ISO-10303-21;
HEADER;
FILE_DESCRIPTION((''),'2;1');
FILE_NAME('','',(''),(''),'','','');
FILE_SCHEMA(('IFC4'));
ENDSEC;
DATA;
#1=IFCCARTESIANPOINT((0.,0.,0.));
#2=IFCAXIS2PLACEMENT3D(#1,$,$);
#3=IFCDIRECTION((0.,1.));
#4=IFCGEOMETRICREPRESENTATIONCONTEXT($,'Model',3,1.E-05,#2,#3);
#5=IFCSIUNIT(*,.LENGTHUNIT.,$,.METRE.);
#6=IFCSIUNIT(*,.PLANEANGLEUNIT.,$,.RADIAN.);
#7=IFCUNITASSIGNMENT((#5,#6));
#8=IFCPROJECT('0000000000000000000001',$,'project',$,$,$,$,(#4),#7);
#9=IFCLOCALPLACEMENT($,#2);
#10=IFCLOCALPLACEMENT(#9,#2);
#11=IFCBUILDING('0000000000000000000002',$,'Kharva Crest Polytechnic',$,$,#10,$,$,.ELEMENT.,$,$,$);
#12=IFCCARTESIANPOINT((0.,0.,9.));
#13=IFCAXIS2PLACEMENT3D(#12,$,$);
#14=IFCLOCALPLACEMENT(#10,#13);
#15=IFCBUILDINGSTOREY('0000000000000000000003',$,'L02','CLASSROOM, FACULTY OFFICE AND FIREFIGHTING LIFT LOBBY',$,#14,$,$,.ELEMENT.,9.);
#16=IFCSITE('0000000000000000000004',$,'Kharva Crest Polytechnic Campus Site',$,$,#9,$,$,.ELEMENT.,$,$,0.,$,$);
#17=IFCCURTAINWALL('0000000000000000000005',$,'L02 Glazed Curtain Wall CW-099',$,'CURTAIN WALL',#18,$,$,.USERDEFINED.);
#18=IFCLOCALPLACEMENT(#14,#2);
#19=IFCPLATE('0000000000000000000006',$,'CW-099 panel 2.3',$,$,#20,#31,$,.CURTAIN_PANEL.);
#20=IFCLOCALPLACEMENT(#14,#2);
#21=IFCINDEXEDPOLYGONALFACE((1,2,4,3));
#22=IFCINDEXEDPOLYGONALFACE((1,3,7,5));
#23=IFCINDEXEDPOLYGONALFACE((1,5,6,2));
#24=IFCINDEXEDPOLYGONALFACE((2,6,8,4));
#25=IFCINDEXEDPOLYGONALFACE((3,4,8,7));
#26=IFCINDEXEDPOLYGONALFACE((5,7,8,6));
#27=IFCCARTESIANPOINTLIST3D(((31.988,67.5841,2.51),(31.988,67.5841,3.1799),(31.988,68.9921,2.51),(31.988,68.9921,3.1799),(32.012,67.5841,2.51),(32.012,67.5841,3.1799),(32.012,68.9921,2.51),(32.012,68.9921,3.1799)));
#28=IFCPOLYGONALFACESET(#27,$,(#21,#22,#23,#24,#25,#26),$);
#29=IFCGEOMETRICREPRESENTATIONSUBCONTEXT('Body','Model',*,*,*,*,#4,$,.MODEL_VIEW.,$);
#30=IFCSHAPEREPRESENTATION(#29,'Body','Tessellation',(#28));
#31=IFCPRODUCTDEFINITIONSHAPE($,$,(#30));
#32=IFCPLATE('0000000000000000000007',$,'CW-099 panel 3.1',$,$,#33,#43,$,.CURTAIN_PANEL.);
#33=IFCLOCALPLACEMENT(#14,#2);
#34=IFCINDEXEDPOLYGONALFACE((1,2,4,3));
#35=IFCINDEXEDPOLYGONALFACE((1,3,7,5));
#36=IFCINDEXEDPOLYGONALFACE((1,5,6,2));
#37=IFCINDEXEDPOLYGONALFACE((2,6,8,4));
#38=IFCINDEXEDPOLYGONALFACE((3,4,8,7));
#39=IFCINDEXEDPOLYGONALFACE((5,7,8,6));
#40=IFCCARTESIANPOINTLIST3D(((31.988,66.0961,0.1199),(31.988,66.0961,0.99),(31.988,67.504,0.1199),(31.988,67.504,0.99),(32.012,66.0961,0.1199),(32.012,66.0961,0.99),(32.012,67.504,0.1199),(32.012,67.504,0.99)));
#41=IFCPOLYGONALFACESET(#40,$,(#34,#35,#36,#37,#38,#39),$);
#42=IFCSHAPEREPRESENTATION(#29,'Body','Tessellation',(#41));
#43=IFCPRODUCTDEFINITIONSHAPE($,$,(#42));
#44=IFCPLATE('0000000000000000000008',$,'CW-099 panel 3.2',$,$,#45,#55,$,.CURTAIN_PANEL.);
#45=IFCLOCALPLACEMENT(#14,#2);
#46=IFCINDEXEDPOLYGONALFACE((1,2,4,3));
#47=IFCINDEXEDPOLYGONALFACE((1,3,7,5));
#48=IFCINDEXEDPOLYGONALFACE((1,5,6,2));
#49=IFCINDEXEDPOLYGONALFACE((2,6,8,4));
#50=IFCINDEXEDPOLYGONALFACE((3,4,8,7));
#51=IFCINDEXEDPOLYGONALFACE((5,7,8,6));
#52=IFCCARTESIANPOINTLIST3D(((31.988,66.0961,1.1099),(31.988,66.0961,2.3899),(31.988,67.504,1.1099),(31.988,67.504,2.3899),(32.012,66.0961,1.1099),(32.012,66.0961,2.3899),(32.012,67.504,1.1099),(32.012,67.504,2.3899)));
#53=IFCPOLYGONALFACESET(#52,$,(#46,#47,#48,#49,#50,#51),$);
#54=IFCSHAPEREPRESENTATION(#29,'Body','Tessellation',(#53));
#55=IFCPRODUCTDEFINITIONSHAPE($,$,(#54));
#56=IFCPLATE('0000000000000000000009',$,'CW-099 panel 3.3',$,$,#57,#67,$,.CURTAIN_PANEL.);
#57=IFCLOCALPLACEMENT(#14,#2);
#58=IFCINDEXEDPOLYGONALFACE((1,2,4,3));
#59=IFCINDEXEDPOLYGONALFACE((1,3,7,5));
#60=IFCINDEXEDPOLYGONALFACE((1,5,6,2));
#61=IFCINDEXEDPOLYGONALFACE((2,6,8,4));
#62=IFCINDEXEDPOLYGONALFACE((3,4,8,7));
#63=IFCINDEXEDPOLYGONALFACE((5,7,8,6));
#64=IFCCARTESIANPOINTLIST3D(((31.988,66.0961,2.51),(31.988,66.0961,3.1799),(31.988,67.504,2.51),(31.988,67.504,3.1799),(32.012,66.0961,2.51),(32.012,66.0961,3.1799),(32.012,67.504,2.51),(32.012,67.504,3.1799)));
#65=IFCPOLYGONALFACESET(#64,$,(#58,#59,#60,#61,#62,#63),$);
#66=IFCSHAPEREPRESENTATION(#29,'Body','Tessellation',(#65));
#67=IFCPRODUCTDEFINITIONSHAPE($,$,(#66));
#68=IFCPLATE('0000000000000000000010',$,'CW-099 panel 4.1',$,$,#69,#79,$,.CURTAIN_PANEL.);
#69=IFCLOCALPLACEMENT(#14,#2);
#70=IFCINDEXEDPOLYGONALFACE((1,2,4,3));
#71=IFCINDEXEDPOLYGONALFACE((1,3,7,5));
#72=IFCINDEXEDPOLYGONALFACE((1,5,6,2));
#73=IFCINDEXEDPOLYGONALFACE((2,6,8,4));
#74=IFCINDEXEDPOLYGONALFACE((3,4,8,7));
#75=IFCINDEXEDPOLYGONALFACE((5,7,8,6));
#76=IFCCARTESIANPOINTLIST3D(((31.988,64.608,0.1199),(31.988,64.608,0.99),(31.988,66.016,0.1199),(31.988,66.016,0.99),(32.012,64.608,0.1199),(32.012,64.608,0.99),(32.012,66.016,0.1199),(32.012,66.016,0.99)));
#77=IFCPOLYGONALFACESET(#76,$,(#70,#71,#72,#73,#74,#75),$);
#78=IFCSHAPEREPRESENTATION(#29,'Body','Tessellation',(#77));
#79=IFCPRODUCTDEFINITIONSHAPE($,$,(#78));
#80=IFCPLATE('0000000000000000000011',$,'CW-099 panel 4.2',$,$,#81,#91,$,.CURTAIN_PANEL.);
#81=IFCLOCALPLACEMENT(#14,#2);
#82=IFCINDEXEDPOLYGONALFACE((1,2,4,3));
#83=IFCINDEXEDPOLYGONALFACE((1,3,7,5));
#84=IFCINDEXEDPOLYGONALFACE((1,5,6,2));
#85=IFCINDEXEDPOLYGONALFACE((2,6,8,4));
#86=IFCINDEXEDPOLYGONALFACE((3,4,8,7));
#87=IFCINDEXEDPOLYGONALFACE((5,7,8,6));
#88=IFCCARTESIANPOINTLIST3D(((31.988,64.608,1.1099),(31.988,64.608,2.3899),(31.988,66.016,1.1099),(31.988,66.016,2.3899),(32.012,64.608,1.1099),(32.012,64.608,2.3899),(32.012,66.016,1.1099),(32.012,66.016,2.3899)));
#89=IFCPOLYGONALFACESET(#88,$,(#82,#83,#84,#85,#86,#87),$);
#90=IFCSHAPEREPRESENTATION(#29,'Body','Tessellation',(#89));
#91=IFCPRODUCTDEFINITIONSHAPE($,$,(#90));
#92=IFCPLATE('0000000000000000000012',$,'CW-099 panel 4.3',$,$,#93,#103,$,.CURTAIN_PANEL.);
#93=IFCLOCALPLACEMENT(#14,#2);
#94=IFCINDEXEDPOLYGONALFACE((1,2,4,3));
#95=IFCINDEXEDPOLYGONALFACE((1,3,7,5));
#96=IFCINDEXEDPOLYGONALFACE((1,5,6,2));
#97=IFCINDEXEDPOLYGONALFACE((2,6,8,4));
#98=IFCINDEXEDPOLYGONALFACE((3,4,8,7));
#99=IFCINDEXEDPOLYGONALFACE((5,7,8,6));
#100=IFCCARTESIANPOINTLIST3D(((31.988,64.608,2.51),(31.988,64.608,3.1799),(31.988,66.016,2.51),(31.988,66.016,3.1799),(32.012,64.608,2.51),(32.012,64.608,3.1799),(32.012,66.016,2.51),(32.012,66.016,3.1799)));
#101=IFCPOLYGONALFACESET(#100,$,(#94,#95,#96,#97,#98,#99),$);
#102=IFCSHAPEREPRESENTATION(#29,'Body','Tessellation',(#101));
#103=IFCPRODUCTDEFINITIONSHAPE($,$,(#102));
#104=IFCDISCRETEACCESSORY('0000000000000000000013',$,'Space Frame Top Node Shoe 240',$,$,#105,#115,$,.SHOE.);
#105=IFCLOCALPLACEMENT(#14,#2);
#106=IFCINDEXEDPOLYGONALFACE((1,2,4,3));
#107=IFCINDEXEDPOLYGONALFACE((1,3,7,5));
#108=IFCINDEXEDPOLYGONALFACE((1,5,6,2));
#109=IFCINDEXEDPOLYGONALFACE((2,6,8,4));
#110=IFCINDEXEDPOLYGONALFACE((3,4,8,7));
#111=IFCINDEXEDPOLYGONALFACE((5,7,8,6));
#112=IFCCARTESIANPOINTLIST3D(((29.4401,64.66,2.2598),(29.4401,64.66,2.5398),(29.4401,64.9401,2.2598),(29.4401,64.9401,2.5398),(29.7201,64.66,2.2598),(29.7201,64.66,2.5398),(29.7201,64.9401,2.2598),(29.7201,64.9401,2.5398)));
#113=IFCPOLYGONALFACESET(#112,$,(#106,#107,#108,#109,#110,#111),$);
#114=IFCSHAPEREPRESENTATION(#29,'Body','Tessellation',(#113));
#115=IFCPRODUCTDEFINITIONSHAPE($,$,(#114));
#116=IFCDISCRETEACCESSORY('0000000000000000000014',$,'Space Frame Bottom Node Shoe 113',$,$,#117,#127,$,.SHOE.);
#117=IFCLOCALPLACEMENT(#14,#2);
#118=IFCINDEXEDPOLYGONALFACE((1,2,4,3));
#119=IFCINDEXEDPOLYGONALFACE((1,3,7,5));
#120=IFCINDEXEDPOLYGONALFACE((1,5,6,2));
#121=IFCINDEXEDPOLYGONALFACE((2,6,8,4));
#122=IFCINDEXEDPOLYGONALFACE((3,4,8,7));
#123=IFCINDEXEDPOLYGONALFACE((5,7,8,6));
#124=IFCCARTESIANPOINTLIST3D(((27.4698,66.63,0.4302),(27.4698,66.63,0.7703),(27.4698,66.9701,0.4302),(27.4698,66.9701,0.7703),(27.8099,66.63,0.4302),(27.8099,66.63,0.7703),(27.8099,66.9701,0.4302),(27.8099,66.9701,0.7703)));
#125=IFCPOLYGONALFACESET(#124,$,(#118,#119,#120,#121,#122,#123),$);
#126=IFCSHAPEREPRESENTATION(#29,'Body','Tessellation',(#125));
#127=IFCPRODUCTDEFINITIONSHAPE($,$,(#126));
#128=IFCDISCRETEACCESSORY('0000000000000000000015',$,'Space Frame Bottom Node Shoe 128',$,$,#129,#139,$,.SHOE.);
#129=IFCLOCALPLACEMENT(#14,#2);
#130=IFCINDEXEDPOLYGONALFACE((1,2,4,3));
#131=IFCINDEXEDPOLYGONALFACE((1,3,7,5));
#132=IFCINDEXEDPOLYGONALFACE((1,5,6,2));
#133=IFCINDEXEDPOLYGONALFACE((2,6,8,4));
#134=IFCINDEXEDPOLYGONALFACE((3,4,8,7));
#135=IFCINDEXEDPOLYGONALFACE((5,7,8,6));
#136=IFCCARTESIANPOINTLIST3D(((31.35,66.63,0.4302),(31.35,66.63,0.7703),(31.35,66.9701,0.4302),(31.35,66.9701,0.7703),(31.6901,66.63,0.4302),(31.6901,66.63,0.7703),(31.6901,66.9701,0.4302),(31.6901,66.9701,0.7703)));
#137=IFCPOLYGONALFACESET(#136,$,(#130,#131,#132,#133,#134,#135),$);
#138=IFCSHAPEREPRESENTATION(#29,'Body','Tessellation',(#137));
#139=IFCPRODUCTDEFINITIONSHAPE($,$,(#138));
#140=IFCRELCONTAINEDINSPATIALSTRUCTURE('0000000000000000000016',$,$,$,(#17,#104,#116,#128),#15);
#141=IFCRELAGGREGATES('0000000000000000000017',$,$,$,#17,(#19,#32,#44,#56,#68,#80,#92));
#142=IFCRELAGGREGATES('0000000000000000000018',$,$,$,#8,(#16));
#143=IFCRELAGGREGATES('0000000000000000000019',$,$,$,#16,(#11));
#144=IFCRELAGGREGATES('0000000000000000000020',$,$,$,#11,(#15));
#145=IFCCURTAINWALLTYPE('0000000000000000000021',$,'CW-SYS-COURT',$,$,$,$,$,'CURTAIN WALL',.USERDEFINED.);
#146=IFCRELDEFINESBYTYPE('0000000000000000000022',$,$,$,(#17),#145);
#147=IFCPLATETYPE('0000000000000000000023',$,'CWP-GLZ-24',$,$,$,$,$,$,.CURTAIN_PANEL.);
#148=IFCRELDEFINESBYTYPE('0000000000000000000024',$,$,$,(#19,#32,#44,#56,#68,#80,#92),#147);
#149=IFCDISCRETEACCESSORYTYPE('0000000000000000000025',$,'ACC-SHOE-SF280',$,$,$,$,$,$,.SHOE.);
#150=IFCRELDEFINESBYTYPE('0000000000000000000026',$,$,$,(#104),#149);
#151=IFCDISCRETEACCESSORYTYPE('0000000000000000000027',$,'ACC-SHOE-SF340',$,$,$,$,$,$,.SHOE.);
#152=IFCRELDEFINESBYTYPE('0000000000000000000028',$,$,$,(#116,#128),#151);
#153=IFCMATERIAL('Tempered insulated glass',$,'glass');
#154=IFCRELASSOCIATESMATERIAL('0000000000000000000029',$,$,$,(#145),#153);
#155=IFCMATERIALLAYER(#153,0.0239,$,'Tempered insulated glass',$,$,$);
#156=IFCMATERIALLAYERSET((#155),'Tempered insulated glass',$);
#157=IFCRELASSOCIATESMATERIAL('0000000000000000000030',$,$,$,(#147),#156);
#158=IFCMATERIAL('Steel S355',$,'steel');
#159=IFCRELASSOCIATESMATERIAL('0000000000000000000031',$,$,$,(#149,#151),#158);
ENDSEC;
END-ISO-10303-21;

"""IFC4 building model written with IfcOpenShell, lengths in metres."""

from ifc_helpers import new_model, si_unit, direction, frame, origin, origin_2d, place, context, subcontext, project, spatial, rectangle, extrude, material, layer, layer_set, type_object, element, aggregate, save


model = new_model("IFC4")

# Units and contexts
model_context = context("Model", 3, precision=1e-05, world=origin(), true_north=direction((0.0, 1.0)))
body_context = subcontext(model_context, "Body", "Model", "MODEL_VIEW")
ifc_project = project(units=[si_unit("LENGTHUNIT", "METRE"), si_unit("PLANEANGLEUNIT", "RADIAN")], contexts=[model_context])

# Site, building, storey
site_placement = place(None, origin())
site = spatial("IfcSite", under=ifc_project, at=site_placement, Name="Kharva Crest Polytechnic Campus Site", CompositionType="ELEMENT", RefElevation=0.0)
building_placement = place(site_placement, origin())
building = spatial("IfcBuilding", under=site, at=building_placement, Name="Kharva Crest Polytechnic", CompositionType="ELEMENT")
storey_placement = place(building_placement, frame((0.0, 0.0, 9.0)))
storey = spatial("IfcBuildingStorey", under=building, at=storey_placement, Name="L02", Description="CLASSROOM, FACULTY OFFICE AND FIREFIGHTING LIFT LOBBY", CompositionType="ELEMENT", Elevation=9.0)

# Shared definitions
ifc_material_1 = material(Name="Steel S355", Category="steel")

# Curtain wall
ifc_material_2 = material(Name="Tempered insulated glass", Category="glass")
curtain_wall_type = type_object("IfcCurtainWallType", Name="CW-SYS-COURT", ElementType="CURTAIN WALL", PredefinedType="USERDEFINED", material=ifc_material_2)
curtain_wall_placement = place(storey_placement, origin())
curtain_wall = element("IfcCurtainWall", 1, at=curtain_wall_placement, inside=storey, type_object=curtain_wall_type, Name="L02 Glazed Curtain Wall CW-099", ObjectType="CURTAIN WALL", PredefinedType="USERDEFINED")

# Plates
ifc_layer = layer(ifc_material_2, 0.0239, Name="Tempered insulated glass")
ifc_layer_set = layer_set([ifc_layer], Name="Tempered insulated glass")
plate_type = type_object("IfcPlateType", Name="CWP-GLZ-24", PredefinedType="CURTAIN_PANEL", material=ifc_layer_set)
plate_1_placement = place(storey_placement, frame((32.0, 68.2881, 2.51), z_axis=(0.0, 0.0, 1.0), x_axis=(0.0, -1.0, 0.0)))
plate_1 = element("IfcPlate", 2, at=plate_1_placement, type_object=plate_type, Name="CW-099 panel 2.3", PredefinedType="CURTAIN_PANEL", context=body_context, shape_type="SweptSolid", body=[
    extrude(rectangle(XDim=1.408, YDim=0.0239, at=origin_2d()), origin(), (0.0, 0.0, 1.0), 0.6699),
])
plate_2_placement = place(storey_placement, frame((32.0, 66.8, 0.1199), z_axis=(0.0, 0.0, 1.0), x_axis=(0.0, -1.0, 0.0)))
plate_2 = element("IfcPlate", 3, at=plate_2_placement, type_object=plate_type, Name="CW-099 panel 3.1", PredefinedType="CURTAIN_PANEL", context=body_context, shape_type="SweptSolid", body=[
    extrude(rectangle(XDim=1.408, YDim=0.0239, at=origin_2d()), origin(), (0.0, 0.0, 1.0), 0.8701),
])
plate_3_placement = place(storey_placement, frame((32.0, 66.8, 1.1099), z_axis=(0.0, 0.0, 1.0), x_axis=(0.0, -1.0, 0.0)))
plate_3 = element("IfcPlate", 4, at=plate_3_placement, type_object=plate_type, Name="CW-099 panel 3.2", PredefinedType="CURTAIN_PANEL", context=body_context, shape_type="SweptSolid", body=[
    extrude(rectangle(XDim=1.408, YDim=0.0239, at=origin_2d()), origin(), (0.0, 0.0, 1.0), 1.28),
])
plate_4_placement = place(storey_placement, frame((32.0, 66.8, 2.51), z_axis=(0.0, 0.0, 1.0), x_axis=(0.0, -1.0, 0.0)))
plate_4 = element("IfcPlate", 5, at=plate_4_placement, type_object=plate_type, Name="CW-099 panel 3.3", PredefinedType="CURTAIN_PANEL", context=body_context, shape_type="SweptSolid", body=[
    extrude(rectangle(XDim=1.408, YDim=0.0239, at=origin_2d()), origin(), (0.0, 0.0, 1.0), 0.6699),
])
plate_5_placement = place(storey_placement, frame((32.0, 65.312, 0.1199), z_axis=(0.0, 0.0, 1.0), x_axis=(0.0, -1.0, 0.0)))
plate_5 = element("IfcPlate", 6, at=plate_5_placement, type_object=plate_type, Name="CW-099 panel 4.1", PredefinedType="CURTAIN_PANEL", context=body_context, shape_type="SweptSolid", body=[
    extrude(rectangle(XDim=1.408, YDim=0.0239, at=origin_2d()), origin(), (0.0, 0.0, 1.0), 0.8701),
])
plate_6_placement = place(storey_placement, frame((32.0, 65.312, 1.1099), z_axis=(0.0, 0.0, 1.0), x_axis=(0.0, -1.0, 0.0)))
plate_6 = element("IfcPlate", 7, at=plate_6_placement, type_object=plate_type, Name="CW-099 panel 4.2", PredefinedType="CURTAIN_PANEL", context=body_context, shape_type="SweptSolid", body=[
    extrude(rectangle(XDim=1.408, YDim=0.0239, at=origin_2d()), origin(), (0.0, 0.0, 1.0), 1.28),
])
plate_7_placement = place(storey_placement, frame((32.0, 65.312, 2.51), z_axis=(0.0, 0.0, 1.0), x_axis=(0.0, -1.0, 0.0)))
plate_7 = element("IfcPlate", 8, at=plate_7_placement, type_object=plate_type, Name="CW-099 panel 4.3", PredefinedType="CURTAIN_PANEL", context=body_context, shape_type="SweptSolid", body=[
    extrude(rectangle(XDim=1.408, YDim=0.0239, at=origin_2d()), origin(), (0.0, 0.0, 1.0), 0.6699),
])
aggregate(curtain_wall, [plate_1, plate_2, plate_3, plate_4, plate_5, plate_6, plate_7])

# Discrete accessories
discrete_accessory_type_1 = type_object("IfcDiscreteAccessoryType", Name="ACC-SHOE-SF280", PredefinedType="SHOE", material=ifc_material_1)
discrete_accessory_placement = place(storey_placement, frame((29.5801, 64.8, 2.2598), z_axis=(0.0, 0.0, 1.0), x_axis=(1.0, 0.0, 0.0)))
element("IfcDiscreteAccessory", 9, at=discrete_accessory_placement, inside=storey, type_object=discrete_accessory_type_1, Name="Space Frame Top Node Shoe 240", PredefinedType="SHOE", context=body_context, shape_type="SweptSolid", body=[
    extrude(rectangle(XDim=0.28, YDim=0.28, at=origin_2d()), origin(), (0.0, 0.0, 1.0), 0.28),
])
discrete_accessory_type_2 = type_object("IfcDiscreteAccessoryType", Name="ACC-SHOE-SF340", PredefinedType="SHOE", material=ifc_material_1)
for number, where, z_axis, x_axis, name in (
    (10, (27.6399, 66.8, 0.4302), (0.0, 0.0, 1.0), (1.0, 0.0, 0.0), "Space Frame Bottom Node Shoe 113"),
    (11, (31.52, 66.8, 0.4302), (0.0, 0.0, 1.0), (1.0, 0.0, 0.0), "Space Frame Bottom Node Shoe 128"),
):
    element("IfcDiscreteAccessory", number, at=place(storey_placement, frame(where, z_axis=z_axis, x_axis=x_axis)), inside=storey, type_object=discrete_accessory_type_2, Name=name, PredefinedType="SHOE", context=body_context, shape_type="SweptSolid", body=[
        extrude(rectangle(XDim=0.3401, YDim=0.3401, at=origin_2d()), origin(), (0.0, 0.0, 1.0), 0.3401),
    ])

save(model, "model.ifc")
